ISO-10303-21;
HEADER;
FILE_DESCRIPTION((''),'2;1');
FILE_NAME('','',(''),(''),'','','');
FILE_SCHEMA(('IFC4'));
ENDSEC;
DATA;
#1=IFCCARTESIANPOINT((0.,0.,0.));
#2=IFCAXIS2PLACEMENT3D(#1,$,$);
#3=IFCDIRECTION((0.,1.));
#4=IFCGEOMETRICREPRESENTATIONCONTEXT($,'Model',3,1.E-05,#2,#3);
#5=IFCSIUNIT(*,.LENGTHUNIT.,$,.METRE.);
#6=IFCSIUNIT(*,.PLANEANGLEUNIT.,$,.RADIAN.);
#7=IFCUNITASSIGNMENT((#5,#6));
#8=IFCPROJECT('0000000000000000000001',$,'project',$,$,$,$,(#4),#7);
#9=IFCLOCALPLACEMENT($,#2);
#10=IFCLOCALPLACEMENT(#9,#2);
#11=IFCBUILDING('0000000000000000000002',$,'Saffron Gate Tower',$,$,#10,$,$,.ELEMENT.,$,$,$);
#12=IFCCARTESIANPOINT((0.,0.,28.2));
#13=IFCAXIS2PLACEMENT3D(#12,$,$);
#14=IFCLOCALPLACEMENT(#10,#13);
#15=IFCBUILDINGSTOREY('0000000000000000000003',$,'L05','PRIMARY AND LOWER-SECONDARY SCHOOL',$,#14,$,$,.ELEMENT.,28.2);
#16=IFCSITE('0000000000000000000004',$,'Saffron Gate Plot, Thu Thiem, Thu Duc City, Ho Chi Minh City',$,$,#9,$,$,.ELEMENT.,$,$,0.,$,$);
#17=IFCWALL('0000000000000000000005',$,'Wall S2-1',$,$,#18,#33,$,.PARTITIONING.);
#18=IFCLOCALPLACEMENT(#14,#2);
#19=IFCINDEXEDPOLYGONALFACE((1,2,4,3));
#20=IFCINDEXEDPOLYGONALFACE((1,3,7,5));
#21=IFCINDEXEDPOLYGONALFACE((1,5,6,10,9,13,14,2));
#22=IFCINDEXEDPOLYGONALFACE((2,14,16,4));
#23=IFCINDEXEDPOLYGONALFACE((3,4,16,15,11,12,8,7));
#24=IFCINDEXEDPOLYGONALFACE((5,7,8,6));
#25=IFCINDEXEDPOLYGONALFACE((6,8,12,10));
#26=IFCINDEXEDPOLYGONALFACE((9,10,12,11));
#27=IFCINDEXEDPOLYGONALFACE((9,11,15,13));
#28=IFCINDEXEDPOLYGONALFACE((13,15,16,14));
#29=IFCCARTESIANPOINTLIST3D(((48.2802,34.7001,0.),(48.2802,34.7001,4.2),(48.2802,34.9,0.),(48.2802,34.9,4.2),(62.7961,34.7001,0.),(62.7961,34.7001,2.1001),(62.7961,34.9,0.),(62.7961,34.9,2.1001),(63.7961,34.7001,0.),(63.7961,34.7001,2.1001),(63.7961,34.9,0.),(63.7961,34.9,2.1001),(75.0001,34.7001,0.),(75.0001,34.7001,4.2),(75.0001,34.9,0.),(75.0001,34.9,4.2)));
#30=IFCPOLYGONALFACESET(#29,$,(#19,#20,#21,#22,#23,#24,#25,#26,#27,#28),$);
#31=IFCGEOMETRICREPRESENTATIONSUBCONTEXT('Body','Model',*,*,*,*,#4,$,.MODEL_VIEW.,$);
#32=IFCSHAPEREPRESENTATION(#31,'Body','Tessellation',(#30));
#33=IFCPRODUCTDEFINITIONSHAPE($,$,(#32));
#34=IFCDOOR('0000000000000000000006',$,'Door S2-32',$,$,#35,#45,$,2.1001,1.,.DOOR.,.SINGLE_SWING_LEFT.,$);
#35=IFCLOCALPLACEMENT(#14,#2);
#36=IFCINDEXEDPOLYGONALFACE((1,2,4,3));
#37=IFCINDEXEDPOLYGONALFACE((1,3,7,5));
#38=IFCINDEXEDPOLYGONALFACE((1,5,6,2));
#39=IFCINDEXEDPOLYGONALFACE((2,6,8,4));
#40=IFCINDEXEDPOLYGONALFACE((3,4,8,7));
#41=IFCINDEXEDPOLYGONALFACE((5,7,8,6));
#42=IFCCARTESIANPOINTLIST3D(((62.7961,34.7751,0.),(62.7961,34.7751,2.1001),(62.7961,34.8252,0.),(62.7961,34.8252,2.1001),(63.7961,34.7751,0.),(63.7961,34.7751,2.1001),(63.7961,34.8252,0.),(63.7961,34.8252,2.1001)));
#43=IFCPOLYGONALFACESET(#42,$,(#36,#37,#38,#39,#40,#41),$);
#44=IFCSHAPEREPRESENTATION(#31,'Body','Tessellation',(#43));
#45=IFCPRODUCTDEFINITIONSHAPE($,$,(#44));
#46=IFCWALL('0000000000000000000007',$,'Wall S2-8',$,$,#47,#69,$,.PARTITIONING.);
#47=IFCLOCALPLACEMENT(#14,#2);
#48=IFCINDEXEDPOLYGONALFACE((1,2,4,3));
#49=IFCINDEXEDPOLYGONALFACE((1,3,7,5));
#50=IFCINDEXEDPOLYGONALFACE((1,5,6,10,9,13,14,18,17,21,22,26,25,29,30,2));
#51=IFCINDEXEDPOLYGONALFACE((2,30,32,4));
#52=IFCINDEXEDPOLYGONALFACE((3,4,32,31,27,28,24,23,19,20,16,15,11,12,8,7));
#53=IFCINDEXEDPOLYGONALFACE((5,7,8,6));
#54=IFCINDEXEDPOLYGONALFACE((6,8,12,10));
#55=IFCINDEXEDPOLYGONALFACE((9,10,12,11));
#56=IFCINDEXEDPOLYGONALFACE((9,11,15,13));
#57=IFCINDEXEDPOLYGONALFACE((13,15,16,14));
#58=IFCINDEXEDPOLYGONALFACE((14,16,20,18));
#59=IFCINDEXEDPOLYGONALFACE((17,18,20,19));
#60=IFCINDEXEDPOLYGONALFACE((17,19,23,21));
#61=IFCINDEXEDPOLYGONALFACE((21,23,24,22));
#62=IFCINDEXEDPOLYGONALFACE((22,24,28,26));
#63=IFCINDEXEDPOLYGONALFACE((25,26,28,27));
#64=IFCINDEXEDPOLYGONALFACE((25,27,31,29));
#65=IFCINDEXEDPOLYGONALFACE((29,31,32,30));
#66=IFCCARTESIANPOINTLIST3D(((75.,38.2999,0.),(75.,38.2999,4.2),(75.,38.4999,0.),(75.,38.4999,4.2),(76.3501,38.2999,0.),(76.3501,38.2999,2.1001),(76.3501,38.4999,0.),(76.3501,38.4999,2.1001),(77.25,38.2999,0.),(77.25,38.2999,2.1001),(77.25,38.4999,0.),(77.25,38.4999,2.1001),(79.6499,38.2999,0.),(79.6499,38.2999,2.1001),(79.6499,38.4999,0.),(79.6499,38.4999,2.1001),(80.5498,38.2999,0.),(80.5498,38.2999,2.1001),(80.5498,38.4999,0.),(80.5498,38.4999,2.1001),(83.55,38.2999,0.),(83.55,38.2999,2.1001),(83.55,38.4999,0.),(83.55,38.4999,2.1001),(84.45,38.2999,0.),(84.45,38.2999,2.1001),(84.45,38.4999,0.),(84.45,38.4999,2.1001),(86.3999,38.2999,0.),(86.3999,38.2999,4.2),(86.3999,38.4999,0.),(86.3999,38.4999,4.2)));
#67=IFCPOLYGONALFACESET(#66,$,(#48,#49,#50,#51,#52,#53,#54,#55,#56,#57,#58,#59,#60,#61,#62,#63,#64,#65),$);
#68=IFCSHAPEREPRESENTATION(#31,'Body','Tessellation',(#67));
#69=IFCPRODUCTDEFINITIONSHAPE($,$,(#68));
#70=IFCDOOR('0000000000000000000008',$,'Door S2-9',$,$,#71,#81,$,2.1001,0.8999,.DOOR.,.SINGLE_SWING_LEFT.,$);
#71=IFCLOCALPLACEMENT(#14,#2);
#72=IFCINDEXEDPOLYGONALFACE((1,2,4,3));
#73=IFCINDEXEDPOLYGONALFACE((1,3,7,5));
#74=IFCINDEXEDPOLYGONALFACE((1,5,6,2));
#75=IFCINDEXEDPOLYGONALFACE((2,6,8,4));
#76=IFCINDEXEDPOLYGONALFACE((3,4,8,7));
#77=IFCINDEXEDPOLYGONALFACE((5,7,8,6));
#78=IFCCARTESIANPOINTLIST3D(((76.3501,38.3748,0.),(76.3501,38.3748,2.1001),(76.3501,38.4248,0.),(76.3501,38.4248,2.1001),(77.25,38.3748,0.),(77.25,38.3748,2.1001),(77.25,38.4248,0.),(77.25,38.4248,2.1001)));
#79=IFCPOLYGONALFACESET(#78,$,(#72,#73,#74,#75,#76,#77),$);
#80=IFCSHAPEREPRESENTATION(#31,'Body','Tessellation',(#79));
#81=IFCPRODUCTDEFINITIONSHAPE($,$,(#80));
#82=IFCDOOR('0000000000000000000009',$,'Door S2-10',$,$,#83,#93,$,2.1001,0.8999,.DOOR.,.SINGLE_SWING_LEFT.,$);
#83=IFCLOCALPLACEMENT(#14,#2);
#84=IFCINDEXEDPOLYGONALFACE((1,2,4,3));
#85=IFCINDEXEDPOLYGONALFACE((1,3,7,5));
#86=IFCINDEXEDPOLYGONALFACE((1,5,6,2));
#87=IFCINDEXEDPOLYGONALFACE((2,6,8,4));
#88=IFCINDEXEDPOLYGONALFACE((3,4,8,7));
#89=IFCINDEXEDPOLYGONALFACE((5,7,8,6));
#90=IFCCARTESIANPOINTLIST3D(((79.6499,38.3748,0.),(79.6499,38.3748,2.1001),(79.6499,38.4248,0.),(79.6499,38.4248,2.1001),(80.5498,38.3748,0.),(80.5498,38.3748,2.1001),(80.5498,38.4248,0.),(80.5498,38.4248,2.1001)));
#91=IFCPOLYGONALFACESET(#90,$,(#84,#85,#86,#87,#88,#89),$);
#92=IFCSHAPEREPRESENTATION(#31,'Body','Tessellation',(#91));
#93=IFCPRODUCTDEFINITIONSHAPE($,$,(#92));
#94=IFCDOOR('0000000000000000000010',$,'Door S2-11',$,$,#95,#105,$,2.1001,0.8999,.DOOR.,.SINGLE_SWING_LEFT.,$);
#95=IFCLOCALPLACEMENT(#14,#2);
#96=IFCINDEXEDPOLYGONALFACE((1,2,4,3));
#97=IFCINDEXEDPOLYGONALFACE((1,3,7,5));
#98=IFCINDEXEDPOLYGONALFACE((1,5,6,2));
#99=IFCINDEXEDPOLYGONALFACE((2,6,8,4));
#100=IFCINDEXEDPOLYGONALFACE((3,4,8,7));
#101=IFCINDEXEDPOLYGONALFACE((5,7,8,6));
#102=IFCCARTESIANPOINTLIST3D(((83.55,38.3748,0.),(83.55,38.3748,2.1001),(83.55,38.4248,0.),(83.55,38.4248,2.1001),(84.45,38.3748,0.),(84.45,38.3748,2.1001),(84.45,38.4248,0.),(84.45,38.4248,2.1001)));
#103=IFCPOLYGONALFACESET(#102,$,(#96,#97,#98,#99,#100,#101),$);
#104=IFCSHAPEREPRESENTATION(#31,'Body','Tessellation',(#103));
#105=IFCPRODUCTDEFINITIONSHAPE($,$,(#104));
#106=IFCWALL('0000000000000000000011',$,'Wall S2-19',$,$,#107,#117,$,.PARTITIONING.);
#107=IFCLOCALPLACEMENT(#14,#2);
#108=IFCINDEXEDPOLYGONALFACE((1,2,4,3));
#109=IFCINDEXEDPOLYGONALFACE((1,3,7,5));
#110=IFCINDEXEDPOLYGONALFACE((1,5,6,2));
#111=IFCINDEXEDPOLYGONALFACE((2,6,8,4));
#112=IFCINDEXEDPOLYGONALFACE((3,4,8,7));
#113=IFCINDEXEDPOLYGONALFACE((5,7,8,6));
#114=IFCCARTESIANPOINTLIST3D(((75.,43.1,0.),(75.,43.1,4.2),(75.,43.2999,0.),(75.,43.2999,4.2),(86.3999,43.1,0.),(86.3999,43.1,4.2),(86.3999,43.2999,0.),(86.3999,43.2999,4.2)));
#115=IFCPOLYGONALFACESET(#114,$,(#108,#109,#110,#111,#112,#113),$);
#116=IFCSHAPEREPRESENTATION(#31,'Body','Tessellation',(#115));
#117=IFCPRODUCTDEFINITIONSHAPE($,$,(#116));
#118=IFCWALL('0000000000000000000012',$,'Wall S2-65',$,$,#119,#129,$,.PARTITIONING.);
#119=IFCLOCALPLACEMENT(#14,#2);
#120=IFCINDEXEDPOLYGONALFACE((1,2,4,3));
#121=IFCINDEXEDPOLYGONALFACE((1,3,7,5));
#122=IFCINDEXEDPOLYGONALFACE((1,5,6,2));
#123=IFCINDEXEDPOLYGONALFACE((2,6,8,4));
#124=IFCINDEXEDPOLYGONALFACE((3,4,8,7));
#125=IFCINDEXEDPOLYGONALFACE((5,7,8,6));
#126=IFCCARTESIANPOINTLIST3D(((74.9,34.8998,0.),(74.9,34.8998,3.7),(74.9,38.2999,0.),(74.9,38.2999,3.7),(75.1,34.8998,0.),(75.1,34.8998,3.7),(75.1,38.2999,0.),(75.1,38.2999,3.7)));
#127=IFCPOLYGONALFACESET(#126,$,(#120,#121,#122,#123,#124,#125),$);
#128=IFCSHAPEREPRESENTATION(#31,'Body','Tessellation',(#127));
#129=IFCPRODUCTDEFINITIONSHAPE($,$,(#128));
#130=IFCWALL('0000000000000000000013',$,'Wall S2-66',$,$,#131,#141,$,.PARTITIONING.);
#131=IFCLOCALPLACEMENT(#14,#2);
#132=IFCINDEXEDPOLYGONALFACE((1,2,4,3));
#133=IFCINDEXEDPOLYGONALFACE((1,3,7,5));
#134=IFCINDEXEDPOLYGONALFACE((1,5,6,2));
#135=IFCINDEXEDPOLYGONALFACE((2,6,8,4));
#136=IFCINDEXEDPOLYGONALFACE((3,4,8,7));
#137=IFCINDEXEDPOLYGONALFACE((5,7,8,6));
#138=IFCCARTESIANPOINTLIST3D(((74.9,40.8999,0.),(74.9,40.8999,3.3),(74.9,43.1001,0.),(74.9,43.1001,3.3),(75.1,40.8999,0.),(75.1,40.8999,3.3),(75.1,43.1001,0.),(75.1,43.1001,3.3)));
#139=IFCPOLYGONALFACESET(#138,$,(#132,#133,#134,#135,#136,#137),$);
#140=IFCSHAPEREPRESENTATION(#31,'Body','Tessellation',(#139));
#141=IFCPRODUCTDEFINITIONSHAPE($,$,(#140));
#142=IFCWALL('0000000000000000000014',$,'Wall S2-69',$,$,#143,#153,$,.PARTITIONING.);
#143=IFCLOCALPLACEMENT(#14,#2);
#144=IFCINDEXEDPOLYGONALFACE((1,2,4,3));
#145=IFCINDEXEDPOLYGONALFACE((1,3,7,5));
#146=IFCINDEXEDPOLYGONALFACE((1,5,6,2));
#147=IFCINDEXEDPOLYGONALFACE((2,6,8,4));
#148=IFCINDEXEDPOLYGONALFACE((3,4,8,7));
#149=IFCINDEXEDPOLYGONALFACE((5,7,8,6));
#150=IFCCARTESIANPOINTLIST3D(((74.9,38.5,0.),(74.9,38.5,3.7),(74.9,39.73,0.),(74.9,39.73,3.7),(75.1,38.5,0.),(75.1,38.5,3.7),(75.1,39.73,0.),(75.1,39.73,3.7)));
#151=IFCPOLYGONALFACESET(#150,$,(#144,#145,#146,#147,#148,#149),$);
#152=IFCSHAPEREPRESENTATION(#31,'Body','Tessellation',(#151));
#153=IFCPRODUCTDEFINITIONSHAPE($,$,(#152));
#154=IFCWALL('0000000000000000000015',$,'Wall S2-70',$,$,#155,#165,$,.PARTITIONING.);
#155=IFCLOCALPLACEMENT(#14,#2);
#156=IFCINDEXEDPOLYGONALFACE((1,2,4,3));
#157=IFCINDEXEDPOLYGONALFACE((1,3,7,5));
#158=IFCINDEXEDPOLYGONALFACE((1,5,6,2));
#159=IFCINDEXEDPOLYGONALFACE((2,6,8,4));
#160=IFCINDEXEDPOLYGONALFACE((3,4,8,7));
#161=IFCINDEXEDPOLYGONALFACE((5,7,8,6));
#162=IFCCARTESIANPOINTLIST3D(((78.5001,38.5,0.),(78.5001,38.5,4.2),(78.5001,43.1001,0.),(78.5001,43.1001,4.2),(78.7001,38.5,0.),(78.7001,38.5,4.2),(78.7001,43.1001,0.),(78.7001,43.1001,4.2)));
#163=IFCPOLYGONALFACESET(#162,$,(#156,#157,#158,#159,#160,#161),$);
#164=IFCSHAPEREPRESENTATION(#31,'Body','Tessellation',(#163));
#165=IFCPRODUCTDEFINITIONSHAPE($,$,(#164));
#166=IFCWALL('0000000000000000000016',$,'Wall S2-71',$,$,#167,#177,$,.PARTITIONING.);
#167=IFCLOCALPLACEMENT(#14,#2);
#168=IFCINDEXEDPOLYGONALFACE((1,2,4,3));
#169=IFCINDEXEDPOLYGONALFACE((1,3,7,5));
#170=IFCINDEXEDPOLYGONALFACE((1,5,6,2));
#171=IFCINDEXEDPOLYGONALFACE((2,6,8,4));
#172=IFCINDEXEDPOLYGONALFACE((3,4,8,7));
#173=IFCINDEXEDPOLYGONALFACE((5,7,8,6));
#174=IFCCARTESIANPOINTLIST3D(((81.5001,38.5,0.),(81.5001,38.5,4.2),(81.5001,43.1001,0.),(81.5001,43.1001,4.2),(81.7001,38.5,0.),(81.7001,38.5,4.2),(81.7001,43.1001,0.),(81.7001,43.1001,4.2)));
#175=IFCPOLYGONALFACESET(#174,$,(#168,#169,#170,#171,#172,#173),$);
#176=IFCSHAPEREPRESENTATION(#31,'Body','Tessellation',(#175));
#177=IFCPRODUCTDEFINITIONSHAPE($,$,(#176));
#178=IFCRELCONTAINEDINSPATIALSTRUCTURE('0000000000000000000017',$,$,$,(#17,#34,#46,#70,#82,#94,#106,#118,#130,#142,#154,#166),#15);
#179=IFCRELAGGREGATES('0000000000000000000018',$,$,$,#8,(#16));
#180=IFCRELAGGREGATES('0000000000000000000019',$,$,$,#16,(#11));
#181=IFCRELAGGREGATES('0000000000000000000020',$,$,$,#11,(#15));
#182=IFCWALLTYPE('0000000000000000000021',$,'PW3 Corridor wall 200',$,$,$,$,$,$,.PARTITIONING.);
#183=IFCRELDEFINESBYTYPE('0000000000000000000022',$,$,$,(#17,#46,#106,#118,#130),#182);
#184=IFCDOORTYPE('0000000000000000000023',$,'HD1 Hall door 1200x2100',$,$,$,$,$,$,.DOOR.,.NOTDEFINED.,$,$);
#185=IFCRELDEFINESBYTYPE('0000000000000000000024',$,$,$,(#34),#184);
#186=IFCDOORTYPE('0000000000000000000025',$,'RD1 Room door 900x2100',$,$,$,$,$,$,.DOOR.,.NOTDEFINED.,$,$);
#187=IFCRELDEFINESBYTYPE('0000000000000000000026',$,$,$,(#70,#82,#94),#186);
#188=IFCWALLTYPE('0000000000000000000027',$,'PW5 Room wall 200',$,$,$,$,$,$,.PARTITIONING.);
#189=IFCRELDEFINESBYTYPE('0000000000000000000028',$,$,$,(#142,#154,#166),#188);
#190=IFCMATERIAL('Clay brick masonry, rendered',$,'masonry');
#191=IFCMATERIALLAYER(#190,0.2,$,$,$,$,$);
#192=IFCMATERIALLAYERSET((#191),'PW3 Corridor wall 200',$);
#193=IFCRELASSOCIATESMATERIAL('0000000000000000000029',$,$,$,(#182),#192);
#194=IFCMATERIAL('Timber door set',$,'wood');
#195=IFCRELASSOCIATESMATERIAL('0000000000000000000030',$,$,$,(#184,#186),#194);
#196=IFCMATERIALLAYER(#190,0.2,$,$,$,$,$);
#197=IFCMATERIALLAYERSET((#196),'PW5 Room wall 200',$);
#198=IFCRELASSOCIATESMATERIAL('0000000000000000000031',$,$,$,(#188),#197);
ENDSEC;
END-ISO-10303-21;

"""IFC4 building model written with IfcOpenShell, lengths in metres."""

from ifc_helpers import new_model, si_unit, direction, frame, frame_2d, origin, place, context, subcontext, project, spatial, rectangle, extrude, material, layer, layer_set, type_object, element, fill, save


model = new_model("IFC4")

# Units and contexts
model_context = context("Model", 3, precision=1e-05, world=origin(), true_north=direction((0.0, 1.0)))
body_context = subcontext(model_context, "Body", "Model", "MODEL_VIEW")
ifc_project = project(units=[si_unit("LENGTHUNIT", "METRE"), si_unit("PLANEANGLEUNIT", "RADIAN")], contexts=[model_context])

# Site, building, storey
site_placement = place(None, origin())
site = spatial("IfcSite", under=ifc_project, at=site_placement, Name="Saffron Gate Plot, Thu Thiem, Thu Duc City, Ho Chi Minh City", CompositionType="ELEMENT", RefElevation=0.0)
building_placement = place(site_placement, origin())
building = spatial("IfcBuilding", under=site, at=building_placement, Name="Saffron Gate Tower", CompositionType="ELEMENT")
storey_placement = place(building_placement, frame((0.0, 0.0, 28.2)))
storey = spatial("IfcBuildingStorey", under=building, at=storey_placement, Name="L05", Description="PRIMARY AND LOWER-SECONDARY SCHOOL", CompositionType="ELEMENT", Elevation=28.2)

# Wall, opening, door
ifc_material_1 = material(Name="Clay brick masonry, rendered", Category="masonry")
ifc_layer_1 = layer(ifc_material_1, 0.2)
ifc_layer_set_1 = layer_set([ifc_layer_1], Name="PW3 Corridor wall 200")
wall_type_1 = type_object("IfcWallType", Name="PW3 Corridor wall 200", PredefinedType="PARTITIONING", material=ifc_layer_set_1)
wall_1_placement = place(storey_placement, frame((75.0, 34.8, 0.0), z_axis=(0.0, 0.0, 1.0), x_axis=(-1.0, 0.0, 0.0)))
wall_1 = element("IfcWall", 1, at=wall_1_placement, inside=storey, type_object=wall_type_1, Name="Wall S2-1", PredefinedType="PARTITIONING", context=body_context, shape_type="SweptSolid", body=[
    extrude(rectangle(XDim=26.72, YDim=0.2, at=frame_2d((13.3599, 0.0))), origin(), (0.0, 0.0, 1.0), 4.2),
])
opening_1_placement = place(wall_1_placement, frame((11.2039, 0.0, 0.0)))
opening_1 = element("IfcOpeningElement", 2, at=opening_1_placement, cuts=wall_1, PredefinedType="OPENING", context=body_context, shape_type="SweptSolid", body=[
    extrude(rectangle(XDim=1.0, YDim=2.1001, at=frame_2d((0.5, 1.05))), frame((0.0, 0.1099, 0.0), z_axis=(0.0, -1.0, 0.0), x_axis=(1.0, 0.0, 0.0)), (0.0, 0.0, 1.0), 0.22),
])
ifc_material_2 = material(Name="Timber door set", Category="wood")
door_type_1 = type_object("IfcDoorType", Name="HD1 Hall door 1200x2100", OperationType="NOTDEFINED", PredefinedType="DOOR", material=ifc_material_2)
door_1_placement = place(opening_1_placement, origin())
door_1 = element("IfcDoor", 3, at=door_1_placement, inside=storey, type_object=door_type_1, Name="Door S2-32", OperationType="SINGLE_SWING_LEFT", OverallHeight=2.1001, OverallWidth=1.0, PredefinedType="DOOR", context=body_context, shape_type="SweptSolid", body=[
    extrude(rectangle(XDim=1.0, YDim=2.1001, at=frame_2d((0.5, 1.05))), frame((0.0, 0.0249, 0.0), z_axis=(0.0, -1.0, 0.0), x_axis=(1.0, 0.0, 0.0)), (0.0, 0.0, 1.0), 0.05),
])
fill(opening_1, door_1)

# Wall, openings, doors
wall_2_placement = place(storey_placement, frame((75.0, 38.3999, 0.0), z_axis=(0.0, 0.0, 1.0), x_axis=(1.0, 0.0, 0.0)))
wall_2 = element("IfcWall", 4, at=wall_2_placement, inside=storey, type_object=wall_type_1, Name="Wall S2-8", PredefinedType="PARTITIONING", context=body_context, shape_type="SweptSolid", body=[
    extrude(rectangle(XDim=11.3999, YDim=0.2, at=frame_2d((5.7, 0.0))), origin(), (0.0, 0.0, 1.0), 4.2),
])
opening_2_placement = place(wall_2_placement, frame((1.3501, 0.0, 0.0)))
opening_2 = element("IfcOpeningElement", 5, at=opening_2_placement, cuts=wall_2, PredefinedType="OPENING", context=body_context, shape_type="SweptSolid", body=[
    extrude(rectangle(XDim=0.8999, YDim=2.1001, at=frame_2d((0.45, 1.05))), frame((0.0, 0.1099, 0.0), z_axis=(0.0, -1.0, 0.0), x_axis=(1.0, 0.0, 0.0)), (0.0, 0.0, 1.0), 0.22),
])
opening_3_placement = place(wall_2_placement, frame((4.6499, 0.0, 0.0)))
opening_3 = element("IfcOpeningElement", 6, at=opening_3_placement, cuts=wall_2, PredefinedType="OPENING", context=body_context, shape_type="SweptSolid", body=[
    extrude(rectangle(XDim=0.8999, YDim=2.1001, at=frame_2d((0.45, 1.05))), frame((0.0, 0.1099, 0.0), z_axis=(0.0, -1.0, 0.0), x_axis=(1.0, 0.0, 0.0)), (0.0, 0.0, 1.0), 0.22),
])
opening_4_placement = place(wall_2_placement, frame((8.55, 0.0, 0.0)))
opening_4 = element("IfcOpeningElement", 7, at=opening_4_placement, cuts=wall_2, PredefinedType="OPENING", context=body_context, shape_type="SweptSolid", body=[
    extrude(rectangle(XDim=0.8999, YDim=2.1001, at=frame_2d((0.45, 1.05))), frame((0.0, 0.1099, 0.0), z_axis=(0.0, -1.0, 0.0), x_axis=(1.0, 0.0, 0.0)), (0.0, 0.0, 1.0), 0.22),
])
door_type_2 = type_object("IfcDoorType", Name="RD1 Room door 900x2100", OperationType="NOTDEFINED", PredefinedType="DOOR", material=ifc_material_2)
door_2_placement = place(opening_2_placement, origin())
door_2 = element("IfcDoor", 8, at=door_2_placement, inside=storey, type_object=door_type_2, Name="Door S2-9", OperationType="SINGLE_SWING_LEFT", OverallHeight=2.1001, OverallWidth=0.8999, PredefinedType="DOOR", context=body_context, shape_type="SweptSolid", body=[
    extrude(rectangle(XDim=0.8999, YDim=2.1001, at=frame_2d((0.45, 1.05))), frame((0.0, 0.0249, 0.0), z_axis=(0.0, -1.0, 0.0), x_axis=(1.0, 0.0, 0.0)), (0.0, 0.0, 1.0), 0.05),
])
fill(opening_2, door_2)
door_3_placement = place(opening_3_placement, origin())
door_3 = element("IfcDoor", 9, at=door_3_placement, inside=storey, type_object=door_type_2, Name="Door S2-10", OperationType="SINGLE_SWING_LEFT", OverallHeight=2.1001, OverallWidth=0.8999, PredefinedType="DOOR", context=body_context, shape_type="SweptSolid", body=[
    extrude(rectangle(XDim=0.8999, YDim=2.1001, at=frame_2d((0.45, 1.05))), frame((0.0, 0.0249, 0.0), z_axis=(0.0, -1.0, 0.0), x_axis=(1.0, 0.0, 0.0)), (0.0, 0.0, 1.0), 0.05),
])
fill(opening_3, door_3)
door_4_placement = place(opening_4_placement, origin())
door_4 = element("IfcDoor", 10, at=door_4_placement, inside=storey, type_object=door_type_2, Name="Door S2-11", OperationType="SINGLE_SWING_LEFT", OverallHeight=2.1001, OverallWidth=0.8999, PredefinedType="DOOR", context=body_context, shape_type="SweptSolid", body=[
    extrude(rectangle(XDim=0.8999, YDim=2.1001, at=frame_2d((0.45, 1.05))), frame((0.0, 0.0249, 0.0), z_axis=(0.0, -1.0, 0.0), x_axis=(1.0, 0.0, 0.0)), (0.0, 0.0, 1.0), 0.05),
])
fill(opening_4, door_4)

# Walls
wall_3_placement = place(storey_placement, frame((75.0, 43.2, 0.0), z_axis=(0.0, 0.0, 1.0), x_axis=(1.0, 0.0, 0.0)))
element("IfcWall", 11, at=wall_3_placement, inside=storey, type_object=wall_type_1, Name="Wall S2-19", PredefinedType="PARTITIONING", context=body_context, shape_type="SweptSolid", body=[
    extrude(rectangle(XDim=11.3999, YDim=0.2, at=frame_2d((5.7, 0.0))), origin(), (0.0, 0.0, 1.0), 4.2),
])
wall_4_placement = place(storey_placement, frame((75.0, 38.3, 0.0), z_axis=(0.0, 0.0, 1.0), x_axis=(0.0, -1.0, 0.0)))
element("IfcWall", 12, at=wall_4_placement, inside=storey, type_object=wall_type_1, Name="Wall S2-65", PredefinedType="PARTITIONING", context=body_context, shape_type="SweptSolid", body=[
    extrude(rectangle(XDim=3.4001, YDim=0.2, at=frame_2d((1.7002, 0.0))), origin(), (0.0, 0.0, 1.0), 3.7),
])
wall_5_placement = place(storey_placement, frame((75.0, 43.1001, 0.0), z_axis=(0.0, 0.0, 1.0), x_axis=(0.0, -1.0, 0.0)))
element("IfcWall", 13, at=wall_5_placement, inside=storey, type_object=wall_type_1, Name="Wall S2-66", PredefinedType="PARTITIONING", context=body_context, shape_type="SweptSolid", body=[
    extrude(rectangle(XDim=2.2002, YDim=0.2, at=frame_2d((1.1001, 0.0))), origin(), (0.0, 0.0, 1.0), 3.3),
])
ifc_layer_2 = layer(ifc_material_1, 0.2)
ifc_layer_set_2 = layer_set([ifc_layer_2], Name="PW5 Room wall 200")
wall_type_2 = type_object("IfcWallType", Name="PW5 Room wall 200", PredefinedType="PARTITIONING", material=ifc_layer_set_2)
wall_6_placement = place(storey_placement, frame((75.0, 39.73, 0.0), z_axis=(0.0, 0.0, 1.0), x_axis=(0.0, -1.0, 0.0)))
element("IfcWall", 14, at=wall_6_placement, inside=storey, type_object=wall_type_2, Name="Wall S2-69", PredefinedType="PARTITIONING", context=body_context, shape_type="SweptSolid", body=[
    extrude(rectangle(XDim=1.23, YDim=0.2, at=frame_2d((0.615, 0.0))), origin(), (0.0, 0.0, 1.0), 3.7),
])
for number, where, z_axis, x_axis, name in (
    (15, (78.6001, 43.1001, 0.0), (0.0, 0.0, 1.0), (0.0, -1.0, 0.0), "Wall S2-70"),
    (16, (81.6001, 43.1001, 0.0), (0.0, 0.0, 1.0), (0.0, -1.0, 0.0), "Wall S2-71"),
):
    element("IfcWall", number, at=place(storey_placement, frame(where, z_axis=z_axis, x_axis=x_axis)), inside=storey, type_object=wall_type_2, Name=name, PredefinedType="PARTITIONING", context=body_context, shape_type="SweptSolid", body=[
        extrude(rectangle(XDim=4.6001, YDim=0.2, at=frame_2d((2.3, 0.0))), origin(), (0.0, 0.0, 1.0), 4.2),
    ])

save(model, "model.ifc")
